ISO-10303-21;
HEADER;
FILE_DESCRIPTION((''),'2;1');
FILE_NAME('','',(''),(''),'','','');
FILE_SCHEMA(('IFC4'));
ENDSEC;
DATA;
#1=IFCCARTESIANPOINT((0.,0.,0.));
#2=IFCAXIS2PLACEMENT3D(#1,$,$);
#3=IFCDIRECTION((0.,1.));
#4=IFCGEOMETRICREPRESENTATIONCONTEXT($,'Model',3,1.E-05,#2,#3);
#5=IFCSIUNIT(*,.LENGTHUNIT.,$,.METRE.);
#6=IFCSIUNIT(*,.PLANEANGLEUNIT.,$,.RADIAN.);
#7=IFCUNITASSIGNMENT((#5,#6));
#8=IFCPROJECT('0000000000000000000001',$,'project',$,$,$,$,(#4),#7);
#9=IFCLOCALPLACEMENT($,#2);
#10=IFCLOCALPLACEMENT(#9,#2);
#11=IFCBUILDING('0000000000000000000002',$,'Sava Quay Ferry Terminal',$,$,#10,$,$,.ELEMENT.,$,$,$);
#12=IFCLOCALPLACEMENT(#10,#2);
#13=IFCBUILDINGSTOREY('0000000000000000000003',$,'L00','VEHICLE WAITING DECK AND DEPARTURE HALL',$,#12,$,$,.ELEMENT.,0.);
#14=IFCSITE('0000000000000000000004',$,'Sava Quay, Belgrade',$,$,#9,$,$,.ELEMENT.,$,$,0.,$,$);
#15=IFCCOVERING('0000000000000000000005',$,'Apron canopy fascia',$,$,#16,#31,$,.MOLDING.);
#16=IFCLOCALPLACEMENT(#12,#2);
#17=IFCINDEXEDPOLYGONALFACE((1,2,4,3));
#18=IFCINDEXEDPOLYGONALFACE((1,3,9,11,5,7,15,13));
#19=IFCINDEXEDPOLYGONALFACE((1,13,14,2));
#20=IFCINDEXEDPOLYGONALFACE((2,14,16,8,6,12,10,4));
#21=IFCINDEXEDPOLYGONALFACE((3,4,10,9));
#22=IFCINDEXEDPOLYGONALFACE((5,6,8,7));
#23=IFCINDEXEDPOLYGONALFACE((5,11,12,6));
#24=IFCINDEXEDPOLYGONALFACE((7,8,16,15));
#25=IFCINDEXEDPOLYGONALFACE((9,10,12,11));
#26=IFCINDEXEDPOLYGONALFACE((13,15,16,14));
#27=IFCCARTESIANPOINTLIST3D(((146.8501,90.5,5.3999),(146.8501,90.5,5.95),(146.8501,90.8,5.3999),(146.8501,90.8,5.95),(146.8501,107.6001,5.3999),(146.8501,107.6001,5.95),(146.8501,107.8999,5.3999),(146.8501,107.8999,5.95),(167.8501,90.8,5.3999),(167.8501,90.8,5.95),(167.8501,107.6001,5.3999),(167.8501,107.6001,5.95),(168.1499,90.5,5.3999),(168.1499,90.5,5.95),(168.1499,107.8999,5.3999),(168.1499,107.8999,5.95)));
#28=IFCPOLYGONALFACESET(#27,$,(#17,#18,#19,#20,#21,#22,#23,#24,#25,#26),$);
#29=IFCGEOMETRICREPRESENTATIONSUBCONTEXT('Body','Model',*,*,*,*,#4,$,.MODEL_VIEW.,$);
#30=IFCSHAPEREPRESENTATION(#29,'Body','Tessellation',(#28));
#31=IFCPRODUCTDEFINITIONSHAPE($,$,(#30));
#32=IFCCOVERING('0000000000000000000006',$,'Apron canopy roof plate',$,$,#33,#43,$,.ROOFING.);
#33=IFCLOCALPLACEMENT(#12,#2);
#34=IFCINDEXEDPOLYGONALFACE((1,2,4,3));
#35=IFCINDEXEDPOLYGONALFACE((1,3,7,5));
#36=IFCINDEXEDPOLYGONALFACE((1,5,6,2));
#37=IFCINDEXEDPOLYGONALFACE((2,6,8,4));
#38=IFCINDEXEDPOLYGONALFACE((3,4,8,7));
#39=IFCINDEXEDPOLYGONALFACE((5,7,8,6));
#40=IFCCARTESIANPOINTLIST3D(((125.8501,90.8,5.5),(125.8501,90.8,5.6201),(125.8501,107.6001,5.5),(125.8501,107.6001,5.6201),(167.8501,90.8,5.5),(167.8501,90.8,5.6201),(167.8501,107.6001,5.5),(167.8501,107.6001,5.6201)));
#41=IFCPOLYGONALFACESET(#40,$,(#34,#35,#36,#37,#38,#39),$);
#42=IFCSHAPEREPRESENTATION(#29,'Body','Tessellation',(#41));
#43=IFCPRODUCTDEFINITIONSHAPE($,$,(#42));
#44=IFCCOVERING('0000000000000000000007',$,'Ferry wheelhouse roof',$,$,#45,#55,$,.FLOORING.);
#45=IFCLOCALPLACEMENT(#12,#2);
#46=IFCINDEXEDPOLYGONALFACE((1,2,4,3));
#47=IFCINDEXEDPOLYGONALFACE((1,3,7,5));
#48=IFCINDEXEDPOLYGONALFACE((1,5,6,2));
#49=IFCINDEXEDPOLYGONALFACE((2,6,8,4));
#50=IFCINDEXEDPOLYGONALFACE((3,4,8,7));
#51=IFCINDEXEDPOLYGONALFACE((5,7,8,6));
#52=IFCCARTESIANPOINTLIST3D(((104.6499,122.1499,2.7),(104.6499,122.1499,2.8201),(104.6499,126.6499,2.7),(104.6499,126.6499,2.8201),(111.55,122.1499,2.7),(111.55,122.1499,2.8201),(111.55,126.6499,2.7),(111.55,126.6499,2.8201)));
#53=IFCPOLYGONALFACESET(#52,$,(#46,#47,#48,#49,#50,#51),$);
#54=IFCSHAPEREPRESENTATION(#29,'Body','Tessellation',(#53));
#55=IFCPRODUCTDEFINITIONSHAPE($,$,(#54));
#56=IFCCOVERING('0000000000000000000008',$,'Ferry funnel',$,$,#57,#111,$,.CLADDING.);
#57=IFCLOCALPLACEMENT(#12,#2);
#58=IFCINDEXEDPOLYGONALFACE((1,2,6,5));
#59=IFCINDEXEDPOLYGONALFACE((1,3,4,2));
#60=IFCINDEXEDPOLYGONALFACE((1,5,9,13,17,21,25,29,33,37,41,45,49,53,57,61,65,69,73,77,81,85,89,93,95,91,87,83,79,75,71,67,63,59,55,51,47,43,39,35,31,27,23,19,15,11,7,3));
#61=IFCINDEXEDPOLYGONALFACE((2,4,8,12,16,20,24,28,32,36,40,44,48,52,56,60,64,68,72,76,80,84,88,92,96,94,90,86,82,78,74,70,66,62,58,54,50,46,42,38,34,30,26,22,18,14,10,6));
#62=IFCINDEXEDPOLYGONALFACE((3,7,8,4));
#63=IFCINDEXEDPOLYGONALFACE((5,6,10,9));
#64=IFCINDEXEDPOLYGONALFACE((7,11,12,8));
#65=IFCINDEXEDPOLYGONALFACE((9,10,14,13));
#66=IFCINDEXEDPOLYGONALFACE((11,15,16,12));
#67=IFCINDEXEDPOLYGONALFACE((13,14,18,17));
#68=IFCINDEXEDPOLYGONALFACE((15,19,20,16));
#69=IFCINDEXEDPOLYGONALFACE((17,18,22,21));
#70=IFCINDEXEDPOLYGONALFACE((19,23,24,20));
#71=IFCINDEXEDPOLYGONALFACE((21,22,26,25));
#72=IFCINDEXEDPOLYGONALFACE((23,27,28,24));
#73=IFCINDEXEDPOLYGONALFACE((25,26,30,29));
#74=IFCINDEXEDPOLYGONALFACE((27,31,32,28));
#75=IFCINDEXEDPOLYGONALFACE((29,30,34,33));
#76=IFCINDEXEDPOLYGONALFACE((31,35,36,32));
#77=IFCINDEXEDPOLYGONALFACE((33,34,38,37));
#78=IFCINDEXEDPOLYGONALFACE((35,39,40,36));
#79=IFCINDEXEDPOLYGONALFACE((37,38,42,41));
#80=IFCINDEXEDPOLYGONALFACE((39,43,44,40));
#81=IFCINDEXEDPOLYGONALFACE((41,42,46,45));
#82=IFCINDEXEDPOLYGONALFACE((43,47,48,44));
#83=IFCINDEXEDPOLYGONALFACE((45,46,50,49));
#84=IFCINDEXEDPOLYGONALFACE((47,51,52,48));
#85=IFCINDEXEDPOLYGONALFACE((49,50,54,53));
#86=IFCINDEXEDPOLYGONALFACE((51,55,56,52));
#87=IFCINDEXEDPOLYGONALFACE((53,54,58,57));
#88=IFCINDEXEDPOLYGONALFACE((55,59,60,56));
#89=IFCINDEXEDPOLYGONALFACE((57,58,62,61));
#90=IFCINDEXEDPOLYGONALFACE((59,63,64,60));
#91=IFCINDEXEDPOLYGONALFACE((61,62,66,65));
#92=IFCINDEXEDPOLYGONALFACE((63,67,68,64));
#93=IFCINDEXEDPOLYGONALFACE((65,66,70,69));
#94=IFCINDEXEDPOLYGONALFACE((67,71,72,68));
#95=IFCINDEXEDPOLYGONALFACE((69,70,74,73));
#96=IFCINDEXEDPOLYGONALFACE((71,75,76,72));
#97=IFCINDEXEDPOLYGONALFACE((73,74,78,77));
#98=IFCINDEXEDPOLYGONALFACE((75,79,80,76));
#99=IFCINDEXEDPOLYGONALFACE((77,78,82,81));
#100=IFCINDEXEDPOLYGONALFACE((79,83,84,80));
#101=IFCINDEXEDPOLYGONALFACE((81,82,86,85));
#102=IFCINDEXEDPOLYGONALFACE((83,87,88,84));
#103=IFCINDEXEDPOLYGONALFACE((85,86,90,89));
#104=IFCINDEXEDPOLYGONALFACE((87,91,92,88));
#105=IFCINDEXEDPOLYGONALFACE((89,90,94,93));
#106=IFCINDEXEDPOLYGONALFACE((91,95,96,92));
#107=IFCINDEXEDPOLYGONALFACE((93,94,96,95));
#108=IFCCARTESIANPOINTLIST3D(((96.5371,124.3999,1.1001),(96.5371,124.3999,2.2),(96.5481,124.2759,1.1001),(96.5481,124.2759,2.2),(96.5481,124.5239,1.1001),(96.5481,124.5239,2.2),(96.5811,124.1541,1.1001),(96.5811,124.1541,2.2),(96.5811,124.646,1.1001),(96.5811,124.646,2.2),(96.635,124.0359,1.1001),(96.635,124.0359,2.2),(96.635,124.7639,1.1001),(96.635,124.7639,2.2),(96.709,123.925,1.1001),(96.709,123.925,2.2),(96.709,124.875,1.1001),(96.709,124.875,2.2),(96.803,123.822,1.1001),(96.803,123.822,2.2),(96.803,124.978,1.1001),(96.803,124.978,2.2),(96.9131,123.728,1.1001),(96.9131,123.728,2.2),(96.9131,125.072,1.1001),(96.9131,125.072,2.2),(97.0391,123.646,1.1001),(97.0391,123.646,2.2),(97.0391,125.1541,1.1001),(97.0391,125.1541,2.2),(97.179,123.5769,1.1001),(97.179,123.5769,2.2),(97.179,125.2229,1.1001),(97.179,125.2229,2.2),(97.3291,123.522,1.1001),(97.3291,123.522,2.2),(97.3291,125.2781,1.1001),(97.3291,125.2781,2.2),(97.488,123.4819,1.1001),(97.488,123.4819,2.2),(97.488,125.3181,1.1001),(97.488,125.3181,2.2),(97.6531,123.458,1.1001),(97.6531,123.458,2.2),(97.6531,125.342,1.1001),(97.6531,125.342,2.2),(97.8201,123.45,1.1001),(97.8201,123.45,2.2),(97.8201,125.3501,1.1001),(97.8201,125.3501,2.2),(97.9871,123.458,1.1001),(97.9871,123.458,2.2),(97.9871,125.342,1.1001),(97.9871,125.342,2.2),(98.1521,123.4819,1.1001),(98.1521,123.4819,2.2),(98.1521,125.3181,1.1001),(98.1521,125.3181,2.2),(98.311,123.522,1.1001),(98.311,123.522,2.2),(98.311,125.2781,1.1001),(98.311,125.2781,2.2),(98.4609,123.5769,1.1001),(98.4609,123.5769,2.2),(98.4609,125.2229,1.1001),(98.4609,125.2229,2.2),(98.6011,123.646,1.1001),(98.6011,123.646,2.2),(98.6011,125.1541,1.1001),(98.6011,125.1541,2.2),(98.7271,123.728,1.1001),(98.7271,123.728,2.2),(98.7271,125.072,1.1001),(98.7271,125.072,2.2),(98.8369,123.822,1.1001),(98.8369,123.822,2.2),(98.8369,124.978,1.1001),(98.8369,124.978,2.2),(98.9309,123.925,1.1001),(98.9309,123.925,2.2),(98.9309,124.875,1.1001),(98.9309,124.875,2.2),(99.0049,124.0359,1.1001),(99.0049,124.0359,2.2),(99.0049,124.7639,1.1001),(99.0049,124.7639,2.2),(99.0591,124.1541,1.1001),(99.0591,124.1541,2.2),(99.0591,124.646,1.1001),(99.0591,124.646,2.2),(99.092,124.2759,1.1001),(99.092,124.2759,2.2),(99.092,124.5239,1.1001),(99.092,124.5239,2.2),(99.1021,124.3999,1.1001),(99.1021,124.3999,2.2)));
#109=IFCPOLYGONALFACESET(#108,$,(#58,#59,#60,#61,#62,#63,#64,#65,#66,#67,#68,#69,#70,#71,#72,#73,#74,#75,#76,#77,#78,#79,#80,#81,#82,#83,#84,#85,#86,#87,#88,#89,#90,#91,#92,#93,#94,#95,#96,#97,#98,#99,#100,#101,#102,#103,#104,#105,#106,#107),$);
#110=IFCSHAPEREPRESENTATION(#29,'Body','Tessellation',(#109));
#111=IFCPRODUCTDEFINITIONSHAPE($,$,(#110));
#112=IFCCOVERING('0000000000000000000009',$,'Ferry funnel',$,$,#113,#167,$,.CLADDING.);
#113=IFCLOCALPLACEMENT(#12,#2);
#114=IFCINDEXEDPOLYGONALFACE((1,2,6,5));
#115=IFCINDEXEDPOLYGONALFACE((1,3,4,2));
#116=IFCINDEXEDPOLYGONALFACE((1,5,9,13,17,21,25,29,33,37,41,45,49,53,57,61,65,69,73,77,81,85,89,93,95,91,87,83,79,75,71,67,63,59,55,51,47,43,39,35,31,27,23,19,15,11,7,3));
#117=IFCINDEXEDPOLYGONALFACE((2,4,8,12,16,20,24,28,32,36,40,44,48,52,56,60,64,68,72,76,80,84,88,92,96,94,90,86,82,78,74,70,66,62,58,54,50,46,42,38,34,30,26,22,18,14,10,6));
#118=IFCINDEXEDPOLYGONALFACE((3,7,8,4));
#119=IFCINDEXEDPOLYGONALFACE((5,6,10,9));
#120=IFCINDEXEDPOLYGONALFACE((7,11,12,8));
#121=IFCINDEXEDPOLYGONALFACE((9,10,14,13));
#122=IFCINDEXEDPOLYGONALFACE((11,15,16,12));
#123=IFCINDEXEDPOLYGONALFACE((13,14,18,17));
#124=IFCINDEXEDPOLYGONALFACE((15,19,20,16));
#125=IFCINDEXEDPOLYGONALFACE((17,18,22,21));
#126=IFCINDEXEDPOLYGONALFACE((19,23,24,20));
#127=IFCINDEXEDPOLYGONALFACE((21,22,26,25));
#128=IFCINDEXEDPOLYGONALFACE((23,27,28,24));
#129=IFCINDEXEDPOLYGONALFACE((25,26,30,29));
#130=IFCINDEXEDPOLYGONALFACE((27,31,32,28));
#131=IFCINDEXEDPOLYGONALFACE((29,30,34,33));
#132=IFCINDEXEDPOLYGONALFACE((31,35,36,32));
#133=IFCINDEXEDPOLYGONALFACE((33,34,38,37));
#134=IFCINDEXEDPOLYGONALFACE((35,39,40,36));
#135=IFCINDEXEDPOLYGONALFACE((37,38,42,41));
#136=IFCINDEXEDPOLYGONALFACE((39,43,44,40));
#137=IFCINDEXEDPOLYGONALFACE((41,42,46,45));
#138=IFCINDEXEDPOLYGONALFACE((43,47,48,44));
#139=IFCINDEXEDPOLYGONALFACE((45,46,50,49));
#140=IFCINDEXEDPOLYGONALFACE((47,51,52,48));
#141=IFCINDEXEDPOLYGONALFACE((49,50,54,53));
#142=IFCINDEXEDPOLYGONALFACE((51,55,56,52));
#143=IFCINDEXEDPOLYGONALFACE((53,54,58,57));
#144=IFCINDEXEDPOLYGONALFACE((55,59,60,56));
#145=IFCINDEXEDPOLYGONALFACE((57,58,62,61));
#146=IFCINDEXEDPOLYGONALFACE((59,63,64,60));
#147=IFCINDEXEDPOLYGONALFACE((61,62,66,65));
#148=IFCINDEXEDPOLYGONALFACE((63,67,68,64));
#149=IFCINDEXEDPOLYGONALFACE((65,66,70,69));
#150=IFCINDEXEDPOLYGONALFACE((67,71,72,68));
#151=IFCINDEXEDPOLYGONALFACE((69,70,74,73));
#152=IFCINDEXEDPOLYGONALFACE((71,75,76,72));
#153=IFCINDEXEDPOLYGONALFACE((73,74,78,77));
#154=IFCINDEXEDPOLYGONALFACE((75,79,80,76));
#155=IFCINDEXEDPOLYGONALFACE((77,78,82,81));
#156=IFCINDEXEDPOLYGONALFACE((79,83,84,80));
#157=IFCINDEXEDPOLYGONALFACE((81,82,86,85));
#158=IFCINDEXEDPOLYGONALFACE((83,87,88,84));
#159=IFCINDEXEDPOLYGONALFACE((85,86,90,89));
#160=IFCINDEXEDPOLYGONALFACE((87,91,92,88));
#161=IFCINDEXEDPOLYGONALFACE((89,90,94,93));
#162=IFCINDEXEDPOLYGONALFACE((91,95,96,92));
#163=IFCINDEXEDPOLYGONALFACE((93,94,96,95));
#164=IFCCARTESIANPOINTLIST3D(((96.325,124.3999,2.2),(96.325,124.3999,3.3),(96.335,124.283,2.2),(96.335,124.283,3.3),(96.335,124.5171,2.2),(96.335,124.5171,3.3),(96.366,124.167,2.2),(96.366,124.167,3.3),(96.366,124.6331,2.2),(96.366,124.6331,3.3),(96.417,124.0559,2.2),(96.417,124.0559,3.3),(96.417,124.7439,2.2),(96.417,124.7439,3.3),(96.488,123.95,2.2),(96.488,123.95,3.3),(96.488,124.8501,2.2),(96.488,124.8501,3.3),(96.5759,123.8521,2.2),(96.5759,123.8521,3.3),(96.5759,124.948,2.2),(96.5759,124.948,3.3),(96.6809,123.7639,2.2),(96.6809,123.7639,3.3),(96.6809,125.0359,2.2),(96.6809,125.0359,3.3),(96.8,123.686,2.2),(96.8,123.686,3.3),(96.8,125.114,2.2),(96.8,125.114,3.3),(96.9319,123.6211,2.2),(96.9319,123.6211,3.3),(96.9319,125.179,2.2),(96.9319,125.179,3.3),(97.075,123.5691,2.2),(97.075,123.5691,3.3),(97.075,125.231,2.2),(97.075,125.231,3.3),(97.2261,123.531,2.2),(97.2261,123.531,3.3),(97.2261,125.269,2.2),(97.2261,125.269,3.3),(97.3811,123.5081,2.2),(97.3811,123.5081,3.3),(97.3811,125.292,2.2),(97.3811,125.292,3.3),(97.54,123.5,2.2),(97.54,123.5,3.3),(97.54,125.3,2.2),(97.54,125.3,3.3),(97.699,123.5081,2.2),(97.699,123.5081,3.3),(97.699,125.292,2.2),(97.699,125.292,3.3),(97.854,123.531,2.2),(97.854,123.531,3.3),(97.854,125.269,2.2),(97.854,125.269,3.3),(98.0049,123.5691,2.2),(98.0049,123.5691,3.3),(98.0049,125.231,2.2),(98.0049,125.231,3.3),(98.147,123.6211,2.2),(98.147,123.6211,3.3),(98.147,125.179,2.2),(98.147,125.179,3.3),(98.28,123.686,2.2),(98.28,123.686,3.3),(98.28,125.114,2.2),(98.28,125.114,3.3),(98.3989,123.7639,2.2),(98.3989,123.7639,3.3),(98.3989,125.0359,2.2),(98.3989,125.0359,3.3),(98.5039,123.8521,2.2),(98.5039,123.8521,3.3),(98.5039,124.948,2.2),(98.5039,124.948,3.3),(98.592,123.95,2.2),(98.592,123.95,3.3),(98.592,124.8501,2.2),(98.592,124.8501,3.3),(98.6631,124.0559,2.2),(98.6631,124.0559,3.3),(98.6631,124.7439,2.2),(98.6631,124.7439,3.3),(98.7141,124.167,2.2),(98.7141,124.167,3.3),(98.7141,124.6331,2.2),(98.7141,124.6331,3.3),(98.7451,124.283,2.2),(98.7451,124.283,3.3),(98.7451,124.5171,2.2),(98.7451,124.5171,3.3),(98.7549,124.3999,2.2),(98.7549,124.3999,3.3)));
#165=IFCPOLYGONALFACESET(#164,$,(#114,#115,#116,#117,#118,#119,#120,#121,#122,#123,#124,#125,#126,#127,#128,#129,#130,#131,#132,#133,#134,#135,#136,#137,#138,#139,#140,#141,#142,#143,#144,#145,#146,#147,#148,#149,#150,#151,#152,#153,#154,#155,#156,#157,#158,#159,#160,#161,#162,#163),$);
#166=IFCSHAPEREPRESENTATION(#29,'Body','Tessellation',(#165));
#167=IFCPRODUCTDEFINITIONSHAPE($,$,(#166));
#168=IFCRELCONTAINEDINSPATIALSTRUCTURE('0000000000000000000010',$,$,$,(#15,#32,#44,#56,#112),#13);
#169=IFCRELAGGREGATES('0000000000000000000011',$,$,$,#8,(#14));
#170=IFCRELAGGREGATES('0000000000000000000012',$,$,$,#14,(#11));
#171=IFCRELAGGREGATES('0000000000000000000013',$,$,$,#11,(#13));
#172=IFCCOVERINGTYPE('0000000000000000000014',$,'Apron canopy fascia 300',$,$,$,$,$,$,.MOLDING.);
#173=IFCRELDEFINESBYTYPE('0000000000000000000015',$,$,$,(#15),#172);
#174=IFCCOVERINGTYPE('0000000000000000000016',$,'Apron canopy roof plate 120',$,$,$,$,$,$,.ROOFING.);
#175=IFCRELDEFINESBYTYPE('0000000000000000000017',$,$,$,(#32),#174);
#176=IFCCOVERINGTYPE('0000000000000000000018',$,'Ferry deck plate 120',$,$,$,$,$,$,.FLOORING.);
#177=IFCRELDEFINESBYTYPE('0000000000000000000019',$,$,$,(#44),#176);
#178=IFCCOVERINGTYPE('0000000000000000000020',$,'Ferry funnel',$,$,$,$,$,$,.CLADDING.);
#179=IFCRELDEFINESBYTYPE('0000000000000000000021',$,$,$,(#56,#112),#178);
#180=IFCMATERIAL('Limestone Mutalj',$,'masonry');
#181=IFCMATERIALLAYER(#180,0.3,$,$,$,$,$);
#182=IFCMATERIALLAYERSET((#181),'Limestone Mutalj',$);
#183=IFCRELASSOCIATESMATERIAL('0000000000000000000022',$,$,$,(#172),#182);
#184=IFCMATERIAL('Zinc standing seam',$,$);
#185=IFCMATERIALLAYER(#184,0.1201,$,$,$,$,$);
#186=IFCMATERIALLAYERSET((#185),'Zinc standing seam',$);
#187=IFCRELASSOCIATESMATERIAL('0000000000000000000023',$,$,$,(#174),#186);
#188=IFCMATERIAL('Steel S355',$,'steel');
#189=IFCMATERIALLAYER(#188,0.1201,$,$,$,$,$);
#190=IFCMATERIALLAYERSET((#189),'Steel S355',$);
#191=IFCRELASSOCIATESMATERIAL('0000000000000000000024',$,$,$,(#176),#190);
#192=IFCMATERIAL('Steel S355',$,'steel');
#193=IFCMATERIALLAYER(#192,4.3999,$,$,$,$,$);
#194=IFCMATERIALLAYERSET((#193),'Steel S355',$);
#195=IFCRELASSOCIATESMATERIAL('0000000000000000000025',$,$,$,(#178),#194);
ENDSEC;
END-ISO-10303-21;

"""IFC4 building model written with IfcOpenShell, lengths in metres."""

from ifc_helpers import new_model, si_unit, direction, frame, origin, place, context, subcontext, project, spatial, polyline, outline, extrude, material, layer, layer_set, type_object, element, save


model = new_model("IFC4")

# Units and contexts
model_context = context("Model", 3, precision=1e-05, world=origin(), true_north=direction((0.0, 1.0)))
body_context = subcontext(model_context, "Body", "Model", "MODEL_VIEW")
ifc_project = project(units=[si_unit("LENGTHUNIT", "METRE"), si_unit("PLANEANGLEUNIT", "RADIAN")], contexts=[model_context])

# Site, building, storey
site_placement = place(None, origin())
site = spatial("IfcSite", under=ifc_project, at=site_placement, Name="Sava Quay, Belgrade", CompositionType="ELEMENT", RefElevation=0.0)
building_placement = place(site_placement, origin())
building = spatial("IfcBuilding", under=site, at=building_placement, Name="Sava Quay Ferry Terminal", CompositionType="ELEMENT")
storey_placement = place(building_placement, origin())
storey = spatial("IfcBuildingStorey", under=building, at=storey_placement, Name="L00", Description="VEHICLE WAITING DECK AND DEPARTURE HALL", CompositionType="ELEMENT", Elevation=0.0)

# Coverings
ifc_material_1 = material(Name="Limestone Mutalj", Category="masonry")
ifc_layer_1 = layer(ifc_material_1, 0.3)
ifc_layer_set_1 = layer_set([ifc_layer_1], Name="Limestone Mutalj")
covering_type_1 = type_object("IfcCoveringType", Name="Apron canopy fascia 300", PredefinedType="MOLDING", material=ifc_layer_set_1)
covering_1_placement = place(storey_placement, frame((0.0, 0.0, 5.3999)))
element("IfcCovering", 1, at=covering_1_placement, inside=storey, type_object=covering_type_1, Name="Apron canopy fascia", PredefinedType="MOLDING", context=body_context, shape_type="SweptSolid", body=[
    extrude(outline(polyline([(168.1499, 107.8999), (146.8501, 107.8999), (146.8501, 107.6001), (167.8501, 107.6001), (167.8501, 90.8), (146.8501, 90.8), (146.8501, 90.5), (168.1499, 90.5), (168.1499, 107.8999)])), origin(), (0.0, 0.0, 1.0), 0.55),
])
ifc_material_2 = material(Name="Zinc standing seam")
ifc_layer_2 = layer(ifc_material_2, 0.1201)
ifc_layer_set_2 = layer_set([ifc_layer_2], Name="Zinc standing seam")
covering_type_2 = type_object("IfcCoveringType", Name="Apron canopy roof plate 120", PredefinedType="ROOFING", material=ifc_layer_set_2)
covering_2_placement = place(storey_placement, frame((0.0, 0.0, 5.5)))
element("IfcCovering", 2, at=covering_2_placement, inside=storey, type_object=covering_type_2, Name="Apron canopy roof plate", PredefinedType="ROOFING", context=body_context, shape_type="SweptSolid", body=[
    extrude(outline(polyline([(167.8501, 90.8), (167.8501, 107.6001), (125.8501, 107.6001), (125.8501, 90.8), (167.8501, 90.8)])), origin(), (0.0, 0.0, 1.0), 0.1201),
])
ifc_material_3 = material(Name="Steel S355", Category="steel")
ifc_layer_3 = layer(ifc_material_3, 0.1201)
ifc_layer_set_3 = layer_set([ifc_layer_3], Name="Steel S355")
covering_type_3 = type_object("IfcCoveringType", Name="Ferry deck plate 120", PredefinedType="FLOORING", material=ifc_layer_set_3)
covering_3_placement = place(storey_placement, frame((0.0, 0.0, 2.7)))
element("IfcCovering", 3, at=covering_3_placement, inside=storey, type_object=covering_type_3, Name="Ferry wheelhouse roof", PredefinedType="FLOORING", context=body_context, shape_type="SweptSolid", body=[
    extrude(outline(polyline([(104.6499, 122.1499), (111.55, 122.1499), (111.55, 126.6499), (104.6499, 126.6499), (104.6499, 122.1499)])), origin(), (0.0, 0.0, 1.0), 0.1201),
])
ifc_material_4 = material(Name="Steel S355", Category="steel")
ifc_layer_4 = layer(ifc_material_4, 4.3999)
ifc_layer_set_4 = layer_set([ifc_layer_4], Name="Steel S355")
covering_type_4 = type_object("IfcCoveringType", Name="Ferry funnel", PredefinedType="CLADDING", material=ifc_layer_set_4)
covering_4_placement = place(storey_placement, frame((0.0, 0.0, 1.1001)))
element("IfcCovering", 4, at=covering_4_placement, inside=storey, type_object=covering_type_4, Name="Ferry funnel", PredefinedType="CLADDING", context=body_context, shape_type="SweptSolid", body=[
    extrude(outline(polyline([(99.1021, 124.3999), (99.092, 124.5239), (99.0591, 124.646), (99.0049, 124.7639), (98.9309, 124.875), (98.8369, 124.978), (98.7271, 125.072), (98.6011, 125.1541), (98.4609, 125.2229), (98.311, 125.2781), (98.1521, 125.3181), (97.9871, 125.342), (97.8201, 125.3501), (97.6531, 125.342), (97.488, 125.3181), (97.3291, 125.2781), (97.179, 125.2229), (97.0391, 125.1541), (96.9131, 125.072), (96.803, 124.978), (96.709, 124.875), (96.635, 124.7639), (96.5811, 124.646), (96.5481, 124.5239), (96.5371, 124.3999), (96.5481, 124.2759), (96.5811, 124.1541), (96.635, 124.0359), (96.709, 123.925), (96.803, 123.822), (96.9131, 123.728), (97.0391, 123.646), (97.179, 123.5769), (97.3291, 123.522), (97.488, 123.4819), (97.6531, 123.458), (97.8201, 123.45), (97.9871, 123.458), (98.1521, 123.4819), (98.311, 123.522), (98.4609, 123.5769), (98.6011, 123.646), (98.7271, 123.728), (98.8369, 123.822), (98.9309, 123.925), (99.0049, 124.0359), (99.0591, 124.1541), (99.092, 124.2759), (99.1021, 124.3999)])), origin(), (0.0, 0.0, 1.0), 1.0999),
])
covering_5_placement = place(storey_placement, frame((0.0, 0.0, 2.2)))
element("IfcCovering", 5, at=covering_5_placement, inside=storey, type_object=covering_type_4, Name="Ferry funnel", PredefinedType="CLADDING", context=body_context, shape_type="SweptSolid", body=[
    extrude(outline(polyline([(98.7549, 124.3999), (98.7451, 124.5171), (98.7141, 124.6331), (98.6631, 124.7439), (98.592, 124.8501), (98.5039, 124.948), (98.3989, 125.0359), (98.28, 125.114), (98.147, 125.179), (98.0049, 125.231), (97.854, 125.269), (97.699, 125.292), (97.54, 125.3), (97.3811, 125.292), (97.2261, 125.269), (97.075, 125.231), (96.9319, 125.179), (96.8, 125.114), (96.6809, 125.0359), (96.5759, 124.948), (96.488, 124.8501), (96.417, 124.7439), (96.366, 124.6331), (96.335, 124.5171), (96.325, 124.3999), (96.335, 124.283), (96.366, 124.167), (96.417, 124.0559), (96.488, 123.95), (96.5759, 123.8521), (96.6809, 123.7639), (96.8, 123.686), (96.9319, 123.6211), (97.075, 123.5691), (97.2261, 123.531), (97.3811, 123.5081), (97.54, 123.5), (97.699, 123.5081), (97.854, 123.531), (98.0049, 123.5691), (98.147, 123.6211), (98.28, 123.686), (98.3989, 123.7639), (98.5039, 123.8521), (98.592, 123.95), (98.6631, 124.0559), (98.7141, 124.167), (98.7451, 124.283), (98.7549, 124.3999)])), origin(), (0.0, 0.0, 1.0), 1.1001),
])

save(model, "model.ifc")
